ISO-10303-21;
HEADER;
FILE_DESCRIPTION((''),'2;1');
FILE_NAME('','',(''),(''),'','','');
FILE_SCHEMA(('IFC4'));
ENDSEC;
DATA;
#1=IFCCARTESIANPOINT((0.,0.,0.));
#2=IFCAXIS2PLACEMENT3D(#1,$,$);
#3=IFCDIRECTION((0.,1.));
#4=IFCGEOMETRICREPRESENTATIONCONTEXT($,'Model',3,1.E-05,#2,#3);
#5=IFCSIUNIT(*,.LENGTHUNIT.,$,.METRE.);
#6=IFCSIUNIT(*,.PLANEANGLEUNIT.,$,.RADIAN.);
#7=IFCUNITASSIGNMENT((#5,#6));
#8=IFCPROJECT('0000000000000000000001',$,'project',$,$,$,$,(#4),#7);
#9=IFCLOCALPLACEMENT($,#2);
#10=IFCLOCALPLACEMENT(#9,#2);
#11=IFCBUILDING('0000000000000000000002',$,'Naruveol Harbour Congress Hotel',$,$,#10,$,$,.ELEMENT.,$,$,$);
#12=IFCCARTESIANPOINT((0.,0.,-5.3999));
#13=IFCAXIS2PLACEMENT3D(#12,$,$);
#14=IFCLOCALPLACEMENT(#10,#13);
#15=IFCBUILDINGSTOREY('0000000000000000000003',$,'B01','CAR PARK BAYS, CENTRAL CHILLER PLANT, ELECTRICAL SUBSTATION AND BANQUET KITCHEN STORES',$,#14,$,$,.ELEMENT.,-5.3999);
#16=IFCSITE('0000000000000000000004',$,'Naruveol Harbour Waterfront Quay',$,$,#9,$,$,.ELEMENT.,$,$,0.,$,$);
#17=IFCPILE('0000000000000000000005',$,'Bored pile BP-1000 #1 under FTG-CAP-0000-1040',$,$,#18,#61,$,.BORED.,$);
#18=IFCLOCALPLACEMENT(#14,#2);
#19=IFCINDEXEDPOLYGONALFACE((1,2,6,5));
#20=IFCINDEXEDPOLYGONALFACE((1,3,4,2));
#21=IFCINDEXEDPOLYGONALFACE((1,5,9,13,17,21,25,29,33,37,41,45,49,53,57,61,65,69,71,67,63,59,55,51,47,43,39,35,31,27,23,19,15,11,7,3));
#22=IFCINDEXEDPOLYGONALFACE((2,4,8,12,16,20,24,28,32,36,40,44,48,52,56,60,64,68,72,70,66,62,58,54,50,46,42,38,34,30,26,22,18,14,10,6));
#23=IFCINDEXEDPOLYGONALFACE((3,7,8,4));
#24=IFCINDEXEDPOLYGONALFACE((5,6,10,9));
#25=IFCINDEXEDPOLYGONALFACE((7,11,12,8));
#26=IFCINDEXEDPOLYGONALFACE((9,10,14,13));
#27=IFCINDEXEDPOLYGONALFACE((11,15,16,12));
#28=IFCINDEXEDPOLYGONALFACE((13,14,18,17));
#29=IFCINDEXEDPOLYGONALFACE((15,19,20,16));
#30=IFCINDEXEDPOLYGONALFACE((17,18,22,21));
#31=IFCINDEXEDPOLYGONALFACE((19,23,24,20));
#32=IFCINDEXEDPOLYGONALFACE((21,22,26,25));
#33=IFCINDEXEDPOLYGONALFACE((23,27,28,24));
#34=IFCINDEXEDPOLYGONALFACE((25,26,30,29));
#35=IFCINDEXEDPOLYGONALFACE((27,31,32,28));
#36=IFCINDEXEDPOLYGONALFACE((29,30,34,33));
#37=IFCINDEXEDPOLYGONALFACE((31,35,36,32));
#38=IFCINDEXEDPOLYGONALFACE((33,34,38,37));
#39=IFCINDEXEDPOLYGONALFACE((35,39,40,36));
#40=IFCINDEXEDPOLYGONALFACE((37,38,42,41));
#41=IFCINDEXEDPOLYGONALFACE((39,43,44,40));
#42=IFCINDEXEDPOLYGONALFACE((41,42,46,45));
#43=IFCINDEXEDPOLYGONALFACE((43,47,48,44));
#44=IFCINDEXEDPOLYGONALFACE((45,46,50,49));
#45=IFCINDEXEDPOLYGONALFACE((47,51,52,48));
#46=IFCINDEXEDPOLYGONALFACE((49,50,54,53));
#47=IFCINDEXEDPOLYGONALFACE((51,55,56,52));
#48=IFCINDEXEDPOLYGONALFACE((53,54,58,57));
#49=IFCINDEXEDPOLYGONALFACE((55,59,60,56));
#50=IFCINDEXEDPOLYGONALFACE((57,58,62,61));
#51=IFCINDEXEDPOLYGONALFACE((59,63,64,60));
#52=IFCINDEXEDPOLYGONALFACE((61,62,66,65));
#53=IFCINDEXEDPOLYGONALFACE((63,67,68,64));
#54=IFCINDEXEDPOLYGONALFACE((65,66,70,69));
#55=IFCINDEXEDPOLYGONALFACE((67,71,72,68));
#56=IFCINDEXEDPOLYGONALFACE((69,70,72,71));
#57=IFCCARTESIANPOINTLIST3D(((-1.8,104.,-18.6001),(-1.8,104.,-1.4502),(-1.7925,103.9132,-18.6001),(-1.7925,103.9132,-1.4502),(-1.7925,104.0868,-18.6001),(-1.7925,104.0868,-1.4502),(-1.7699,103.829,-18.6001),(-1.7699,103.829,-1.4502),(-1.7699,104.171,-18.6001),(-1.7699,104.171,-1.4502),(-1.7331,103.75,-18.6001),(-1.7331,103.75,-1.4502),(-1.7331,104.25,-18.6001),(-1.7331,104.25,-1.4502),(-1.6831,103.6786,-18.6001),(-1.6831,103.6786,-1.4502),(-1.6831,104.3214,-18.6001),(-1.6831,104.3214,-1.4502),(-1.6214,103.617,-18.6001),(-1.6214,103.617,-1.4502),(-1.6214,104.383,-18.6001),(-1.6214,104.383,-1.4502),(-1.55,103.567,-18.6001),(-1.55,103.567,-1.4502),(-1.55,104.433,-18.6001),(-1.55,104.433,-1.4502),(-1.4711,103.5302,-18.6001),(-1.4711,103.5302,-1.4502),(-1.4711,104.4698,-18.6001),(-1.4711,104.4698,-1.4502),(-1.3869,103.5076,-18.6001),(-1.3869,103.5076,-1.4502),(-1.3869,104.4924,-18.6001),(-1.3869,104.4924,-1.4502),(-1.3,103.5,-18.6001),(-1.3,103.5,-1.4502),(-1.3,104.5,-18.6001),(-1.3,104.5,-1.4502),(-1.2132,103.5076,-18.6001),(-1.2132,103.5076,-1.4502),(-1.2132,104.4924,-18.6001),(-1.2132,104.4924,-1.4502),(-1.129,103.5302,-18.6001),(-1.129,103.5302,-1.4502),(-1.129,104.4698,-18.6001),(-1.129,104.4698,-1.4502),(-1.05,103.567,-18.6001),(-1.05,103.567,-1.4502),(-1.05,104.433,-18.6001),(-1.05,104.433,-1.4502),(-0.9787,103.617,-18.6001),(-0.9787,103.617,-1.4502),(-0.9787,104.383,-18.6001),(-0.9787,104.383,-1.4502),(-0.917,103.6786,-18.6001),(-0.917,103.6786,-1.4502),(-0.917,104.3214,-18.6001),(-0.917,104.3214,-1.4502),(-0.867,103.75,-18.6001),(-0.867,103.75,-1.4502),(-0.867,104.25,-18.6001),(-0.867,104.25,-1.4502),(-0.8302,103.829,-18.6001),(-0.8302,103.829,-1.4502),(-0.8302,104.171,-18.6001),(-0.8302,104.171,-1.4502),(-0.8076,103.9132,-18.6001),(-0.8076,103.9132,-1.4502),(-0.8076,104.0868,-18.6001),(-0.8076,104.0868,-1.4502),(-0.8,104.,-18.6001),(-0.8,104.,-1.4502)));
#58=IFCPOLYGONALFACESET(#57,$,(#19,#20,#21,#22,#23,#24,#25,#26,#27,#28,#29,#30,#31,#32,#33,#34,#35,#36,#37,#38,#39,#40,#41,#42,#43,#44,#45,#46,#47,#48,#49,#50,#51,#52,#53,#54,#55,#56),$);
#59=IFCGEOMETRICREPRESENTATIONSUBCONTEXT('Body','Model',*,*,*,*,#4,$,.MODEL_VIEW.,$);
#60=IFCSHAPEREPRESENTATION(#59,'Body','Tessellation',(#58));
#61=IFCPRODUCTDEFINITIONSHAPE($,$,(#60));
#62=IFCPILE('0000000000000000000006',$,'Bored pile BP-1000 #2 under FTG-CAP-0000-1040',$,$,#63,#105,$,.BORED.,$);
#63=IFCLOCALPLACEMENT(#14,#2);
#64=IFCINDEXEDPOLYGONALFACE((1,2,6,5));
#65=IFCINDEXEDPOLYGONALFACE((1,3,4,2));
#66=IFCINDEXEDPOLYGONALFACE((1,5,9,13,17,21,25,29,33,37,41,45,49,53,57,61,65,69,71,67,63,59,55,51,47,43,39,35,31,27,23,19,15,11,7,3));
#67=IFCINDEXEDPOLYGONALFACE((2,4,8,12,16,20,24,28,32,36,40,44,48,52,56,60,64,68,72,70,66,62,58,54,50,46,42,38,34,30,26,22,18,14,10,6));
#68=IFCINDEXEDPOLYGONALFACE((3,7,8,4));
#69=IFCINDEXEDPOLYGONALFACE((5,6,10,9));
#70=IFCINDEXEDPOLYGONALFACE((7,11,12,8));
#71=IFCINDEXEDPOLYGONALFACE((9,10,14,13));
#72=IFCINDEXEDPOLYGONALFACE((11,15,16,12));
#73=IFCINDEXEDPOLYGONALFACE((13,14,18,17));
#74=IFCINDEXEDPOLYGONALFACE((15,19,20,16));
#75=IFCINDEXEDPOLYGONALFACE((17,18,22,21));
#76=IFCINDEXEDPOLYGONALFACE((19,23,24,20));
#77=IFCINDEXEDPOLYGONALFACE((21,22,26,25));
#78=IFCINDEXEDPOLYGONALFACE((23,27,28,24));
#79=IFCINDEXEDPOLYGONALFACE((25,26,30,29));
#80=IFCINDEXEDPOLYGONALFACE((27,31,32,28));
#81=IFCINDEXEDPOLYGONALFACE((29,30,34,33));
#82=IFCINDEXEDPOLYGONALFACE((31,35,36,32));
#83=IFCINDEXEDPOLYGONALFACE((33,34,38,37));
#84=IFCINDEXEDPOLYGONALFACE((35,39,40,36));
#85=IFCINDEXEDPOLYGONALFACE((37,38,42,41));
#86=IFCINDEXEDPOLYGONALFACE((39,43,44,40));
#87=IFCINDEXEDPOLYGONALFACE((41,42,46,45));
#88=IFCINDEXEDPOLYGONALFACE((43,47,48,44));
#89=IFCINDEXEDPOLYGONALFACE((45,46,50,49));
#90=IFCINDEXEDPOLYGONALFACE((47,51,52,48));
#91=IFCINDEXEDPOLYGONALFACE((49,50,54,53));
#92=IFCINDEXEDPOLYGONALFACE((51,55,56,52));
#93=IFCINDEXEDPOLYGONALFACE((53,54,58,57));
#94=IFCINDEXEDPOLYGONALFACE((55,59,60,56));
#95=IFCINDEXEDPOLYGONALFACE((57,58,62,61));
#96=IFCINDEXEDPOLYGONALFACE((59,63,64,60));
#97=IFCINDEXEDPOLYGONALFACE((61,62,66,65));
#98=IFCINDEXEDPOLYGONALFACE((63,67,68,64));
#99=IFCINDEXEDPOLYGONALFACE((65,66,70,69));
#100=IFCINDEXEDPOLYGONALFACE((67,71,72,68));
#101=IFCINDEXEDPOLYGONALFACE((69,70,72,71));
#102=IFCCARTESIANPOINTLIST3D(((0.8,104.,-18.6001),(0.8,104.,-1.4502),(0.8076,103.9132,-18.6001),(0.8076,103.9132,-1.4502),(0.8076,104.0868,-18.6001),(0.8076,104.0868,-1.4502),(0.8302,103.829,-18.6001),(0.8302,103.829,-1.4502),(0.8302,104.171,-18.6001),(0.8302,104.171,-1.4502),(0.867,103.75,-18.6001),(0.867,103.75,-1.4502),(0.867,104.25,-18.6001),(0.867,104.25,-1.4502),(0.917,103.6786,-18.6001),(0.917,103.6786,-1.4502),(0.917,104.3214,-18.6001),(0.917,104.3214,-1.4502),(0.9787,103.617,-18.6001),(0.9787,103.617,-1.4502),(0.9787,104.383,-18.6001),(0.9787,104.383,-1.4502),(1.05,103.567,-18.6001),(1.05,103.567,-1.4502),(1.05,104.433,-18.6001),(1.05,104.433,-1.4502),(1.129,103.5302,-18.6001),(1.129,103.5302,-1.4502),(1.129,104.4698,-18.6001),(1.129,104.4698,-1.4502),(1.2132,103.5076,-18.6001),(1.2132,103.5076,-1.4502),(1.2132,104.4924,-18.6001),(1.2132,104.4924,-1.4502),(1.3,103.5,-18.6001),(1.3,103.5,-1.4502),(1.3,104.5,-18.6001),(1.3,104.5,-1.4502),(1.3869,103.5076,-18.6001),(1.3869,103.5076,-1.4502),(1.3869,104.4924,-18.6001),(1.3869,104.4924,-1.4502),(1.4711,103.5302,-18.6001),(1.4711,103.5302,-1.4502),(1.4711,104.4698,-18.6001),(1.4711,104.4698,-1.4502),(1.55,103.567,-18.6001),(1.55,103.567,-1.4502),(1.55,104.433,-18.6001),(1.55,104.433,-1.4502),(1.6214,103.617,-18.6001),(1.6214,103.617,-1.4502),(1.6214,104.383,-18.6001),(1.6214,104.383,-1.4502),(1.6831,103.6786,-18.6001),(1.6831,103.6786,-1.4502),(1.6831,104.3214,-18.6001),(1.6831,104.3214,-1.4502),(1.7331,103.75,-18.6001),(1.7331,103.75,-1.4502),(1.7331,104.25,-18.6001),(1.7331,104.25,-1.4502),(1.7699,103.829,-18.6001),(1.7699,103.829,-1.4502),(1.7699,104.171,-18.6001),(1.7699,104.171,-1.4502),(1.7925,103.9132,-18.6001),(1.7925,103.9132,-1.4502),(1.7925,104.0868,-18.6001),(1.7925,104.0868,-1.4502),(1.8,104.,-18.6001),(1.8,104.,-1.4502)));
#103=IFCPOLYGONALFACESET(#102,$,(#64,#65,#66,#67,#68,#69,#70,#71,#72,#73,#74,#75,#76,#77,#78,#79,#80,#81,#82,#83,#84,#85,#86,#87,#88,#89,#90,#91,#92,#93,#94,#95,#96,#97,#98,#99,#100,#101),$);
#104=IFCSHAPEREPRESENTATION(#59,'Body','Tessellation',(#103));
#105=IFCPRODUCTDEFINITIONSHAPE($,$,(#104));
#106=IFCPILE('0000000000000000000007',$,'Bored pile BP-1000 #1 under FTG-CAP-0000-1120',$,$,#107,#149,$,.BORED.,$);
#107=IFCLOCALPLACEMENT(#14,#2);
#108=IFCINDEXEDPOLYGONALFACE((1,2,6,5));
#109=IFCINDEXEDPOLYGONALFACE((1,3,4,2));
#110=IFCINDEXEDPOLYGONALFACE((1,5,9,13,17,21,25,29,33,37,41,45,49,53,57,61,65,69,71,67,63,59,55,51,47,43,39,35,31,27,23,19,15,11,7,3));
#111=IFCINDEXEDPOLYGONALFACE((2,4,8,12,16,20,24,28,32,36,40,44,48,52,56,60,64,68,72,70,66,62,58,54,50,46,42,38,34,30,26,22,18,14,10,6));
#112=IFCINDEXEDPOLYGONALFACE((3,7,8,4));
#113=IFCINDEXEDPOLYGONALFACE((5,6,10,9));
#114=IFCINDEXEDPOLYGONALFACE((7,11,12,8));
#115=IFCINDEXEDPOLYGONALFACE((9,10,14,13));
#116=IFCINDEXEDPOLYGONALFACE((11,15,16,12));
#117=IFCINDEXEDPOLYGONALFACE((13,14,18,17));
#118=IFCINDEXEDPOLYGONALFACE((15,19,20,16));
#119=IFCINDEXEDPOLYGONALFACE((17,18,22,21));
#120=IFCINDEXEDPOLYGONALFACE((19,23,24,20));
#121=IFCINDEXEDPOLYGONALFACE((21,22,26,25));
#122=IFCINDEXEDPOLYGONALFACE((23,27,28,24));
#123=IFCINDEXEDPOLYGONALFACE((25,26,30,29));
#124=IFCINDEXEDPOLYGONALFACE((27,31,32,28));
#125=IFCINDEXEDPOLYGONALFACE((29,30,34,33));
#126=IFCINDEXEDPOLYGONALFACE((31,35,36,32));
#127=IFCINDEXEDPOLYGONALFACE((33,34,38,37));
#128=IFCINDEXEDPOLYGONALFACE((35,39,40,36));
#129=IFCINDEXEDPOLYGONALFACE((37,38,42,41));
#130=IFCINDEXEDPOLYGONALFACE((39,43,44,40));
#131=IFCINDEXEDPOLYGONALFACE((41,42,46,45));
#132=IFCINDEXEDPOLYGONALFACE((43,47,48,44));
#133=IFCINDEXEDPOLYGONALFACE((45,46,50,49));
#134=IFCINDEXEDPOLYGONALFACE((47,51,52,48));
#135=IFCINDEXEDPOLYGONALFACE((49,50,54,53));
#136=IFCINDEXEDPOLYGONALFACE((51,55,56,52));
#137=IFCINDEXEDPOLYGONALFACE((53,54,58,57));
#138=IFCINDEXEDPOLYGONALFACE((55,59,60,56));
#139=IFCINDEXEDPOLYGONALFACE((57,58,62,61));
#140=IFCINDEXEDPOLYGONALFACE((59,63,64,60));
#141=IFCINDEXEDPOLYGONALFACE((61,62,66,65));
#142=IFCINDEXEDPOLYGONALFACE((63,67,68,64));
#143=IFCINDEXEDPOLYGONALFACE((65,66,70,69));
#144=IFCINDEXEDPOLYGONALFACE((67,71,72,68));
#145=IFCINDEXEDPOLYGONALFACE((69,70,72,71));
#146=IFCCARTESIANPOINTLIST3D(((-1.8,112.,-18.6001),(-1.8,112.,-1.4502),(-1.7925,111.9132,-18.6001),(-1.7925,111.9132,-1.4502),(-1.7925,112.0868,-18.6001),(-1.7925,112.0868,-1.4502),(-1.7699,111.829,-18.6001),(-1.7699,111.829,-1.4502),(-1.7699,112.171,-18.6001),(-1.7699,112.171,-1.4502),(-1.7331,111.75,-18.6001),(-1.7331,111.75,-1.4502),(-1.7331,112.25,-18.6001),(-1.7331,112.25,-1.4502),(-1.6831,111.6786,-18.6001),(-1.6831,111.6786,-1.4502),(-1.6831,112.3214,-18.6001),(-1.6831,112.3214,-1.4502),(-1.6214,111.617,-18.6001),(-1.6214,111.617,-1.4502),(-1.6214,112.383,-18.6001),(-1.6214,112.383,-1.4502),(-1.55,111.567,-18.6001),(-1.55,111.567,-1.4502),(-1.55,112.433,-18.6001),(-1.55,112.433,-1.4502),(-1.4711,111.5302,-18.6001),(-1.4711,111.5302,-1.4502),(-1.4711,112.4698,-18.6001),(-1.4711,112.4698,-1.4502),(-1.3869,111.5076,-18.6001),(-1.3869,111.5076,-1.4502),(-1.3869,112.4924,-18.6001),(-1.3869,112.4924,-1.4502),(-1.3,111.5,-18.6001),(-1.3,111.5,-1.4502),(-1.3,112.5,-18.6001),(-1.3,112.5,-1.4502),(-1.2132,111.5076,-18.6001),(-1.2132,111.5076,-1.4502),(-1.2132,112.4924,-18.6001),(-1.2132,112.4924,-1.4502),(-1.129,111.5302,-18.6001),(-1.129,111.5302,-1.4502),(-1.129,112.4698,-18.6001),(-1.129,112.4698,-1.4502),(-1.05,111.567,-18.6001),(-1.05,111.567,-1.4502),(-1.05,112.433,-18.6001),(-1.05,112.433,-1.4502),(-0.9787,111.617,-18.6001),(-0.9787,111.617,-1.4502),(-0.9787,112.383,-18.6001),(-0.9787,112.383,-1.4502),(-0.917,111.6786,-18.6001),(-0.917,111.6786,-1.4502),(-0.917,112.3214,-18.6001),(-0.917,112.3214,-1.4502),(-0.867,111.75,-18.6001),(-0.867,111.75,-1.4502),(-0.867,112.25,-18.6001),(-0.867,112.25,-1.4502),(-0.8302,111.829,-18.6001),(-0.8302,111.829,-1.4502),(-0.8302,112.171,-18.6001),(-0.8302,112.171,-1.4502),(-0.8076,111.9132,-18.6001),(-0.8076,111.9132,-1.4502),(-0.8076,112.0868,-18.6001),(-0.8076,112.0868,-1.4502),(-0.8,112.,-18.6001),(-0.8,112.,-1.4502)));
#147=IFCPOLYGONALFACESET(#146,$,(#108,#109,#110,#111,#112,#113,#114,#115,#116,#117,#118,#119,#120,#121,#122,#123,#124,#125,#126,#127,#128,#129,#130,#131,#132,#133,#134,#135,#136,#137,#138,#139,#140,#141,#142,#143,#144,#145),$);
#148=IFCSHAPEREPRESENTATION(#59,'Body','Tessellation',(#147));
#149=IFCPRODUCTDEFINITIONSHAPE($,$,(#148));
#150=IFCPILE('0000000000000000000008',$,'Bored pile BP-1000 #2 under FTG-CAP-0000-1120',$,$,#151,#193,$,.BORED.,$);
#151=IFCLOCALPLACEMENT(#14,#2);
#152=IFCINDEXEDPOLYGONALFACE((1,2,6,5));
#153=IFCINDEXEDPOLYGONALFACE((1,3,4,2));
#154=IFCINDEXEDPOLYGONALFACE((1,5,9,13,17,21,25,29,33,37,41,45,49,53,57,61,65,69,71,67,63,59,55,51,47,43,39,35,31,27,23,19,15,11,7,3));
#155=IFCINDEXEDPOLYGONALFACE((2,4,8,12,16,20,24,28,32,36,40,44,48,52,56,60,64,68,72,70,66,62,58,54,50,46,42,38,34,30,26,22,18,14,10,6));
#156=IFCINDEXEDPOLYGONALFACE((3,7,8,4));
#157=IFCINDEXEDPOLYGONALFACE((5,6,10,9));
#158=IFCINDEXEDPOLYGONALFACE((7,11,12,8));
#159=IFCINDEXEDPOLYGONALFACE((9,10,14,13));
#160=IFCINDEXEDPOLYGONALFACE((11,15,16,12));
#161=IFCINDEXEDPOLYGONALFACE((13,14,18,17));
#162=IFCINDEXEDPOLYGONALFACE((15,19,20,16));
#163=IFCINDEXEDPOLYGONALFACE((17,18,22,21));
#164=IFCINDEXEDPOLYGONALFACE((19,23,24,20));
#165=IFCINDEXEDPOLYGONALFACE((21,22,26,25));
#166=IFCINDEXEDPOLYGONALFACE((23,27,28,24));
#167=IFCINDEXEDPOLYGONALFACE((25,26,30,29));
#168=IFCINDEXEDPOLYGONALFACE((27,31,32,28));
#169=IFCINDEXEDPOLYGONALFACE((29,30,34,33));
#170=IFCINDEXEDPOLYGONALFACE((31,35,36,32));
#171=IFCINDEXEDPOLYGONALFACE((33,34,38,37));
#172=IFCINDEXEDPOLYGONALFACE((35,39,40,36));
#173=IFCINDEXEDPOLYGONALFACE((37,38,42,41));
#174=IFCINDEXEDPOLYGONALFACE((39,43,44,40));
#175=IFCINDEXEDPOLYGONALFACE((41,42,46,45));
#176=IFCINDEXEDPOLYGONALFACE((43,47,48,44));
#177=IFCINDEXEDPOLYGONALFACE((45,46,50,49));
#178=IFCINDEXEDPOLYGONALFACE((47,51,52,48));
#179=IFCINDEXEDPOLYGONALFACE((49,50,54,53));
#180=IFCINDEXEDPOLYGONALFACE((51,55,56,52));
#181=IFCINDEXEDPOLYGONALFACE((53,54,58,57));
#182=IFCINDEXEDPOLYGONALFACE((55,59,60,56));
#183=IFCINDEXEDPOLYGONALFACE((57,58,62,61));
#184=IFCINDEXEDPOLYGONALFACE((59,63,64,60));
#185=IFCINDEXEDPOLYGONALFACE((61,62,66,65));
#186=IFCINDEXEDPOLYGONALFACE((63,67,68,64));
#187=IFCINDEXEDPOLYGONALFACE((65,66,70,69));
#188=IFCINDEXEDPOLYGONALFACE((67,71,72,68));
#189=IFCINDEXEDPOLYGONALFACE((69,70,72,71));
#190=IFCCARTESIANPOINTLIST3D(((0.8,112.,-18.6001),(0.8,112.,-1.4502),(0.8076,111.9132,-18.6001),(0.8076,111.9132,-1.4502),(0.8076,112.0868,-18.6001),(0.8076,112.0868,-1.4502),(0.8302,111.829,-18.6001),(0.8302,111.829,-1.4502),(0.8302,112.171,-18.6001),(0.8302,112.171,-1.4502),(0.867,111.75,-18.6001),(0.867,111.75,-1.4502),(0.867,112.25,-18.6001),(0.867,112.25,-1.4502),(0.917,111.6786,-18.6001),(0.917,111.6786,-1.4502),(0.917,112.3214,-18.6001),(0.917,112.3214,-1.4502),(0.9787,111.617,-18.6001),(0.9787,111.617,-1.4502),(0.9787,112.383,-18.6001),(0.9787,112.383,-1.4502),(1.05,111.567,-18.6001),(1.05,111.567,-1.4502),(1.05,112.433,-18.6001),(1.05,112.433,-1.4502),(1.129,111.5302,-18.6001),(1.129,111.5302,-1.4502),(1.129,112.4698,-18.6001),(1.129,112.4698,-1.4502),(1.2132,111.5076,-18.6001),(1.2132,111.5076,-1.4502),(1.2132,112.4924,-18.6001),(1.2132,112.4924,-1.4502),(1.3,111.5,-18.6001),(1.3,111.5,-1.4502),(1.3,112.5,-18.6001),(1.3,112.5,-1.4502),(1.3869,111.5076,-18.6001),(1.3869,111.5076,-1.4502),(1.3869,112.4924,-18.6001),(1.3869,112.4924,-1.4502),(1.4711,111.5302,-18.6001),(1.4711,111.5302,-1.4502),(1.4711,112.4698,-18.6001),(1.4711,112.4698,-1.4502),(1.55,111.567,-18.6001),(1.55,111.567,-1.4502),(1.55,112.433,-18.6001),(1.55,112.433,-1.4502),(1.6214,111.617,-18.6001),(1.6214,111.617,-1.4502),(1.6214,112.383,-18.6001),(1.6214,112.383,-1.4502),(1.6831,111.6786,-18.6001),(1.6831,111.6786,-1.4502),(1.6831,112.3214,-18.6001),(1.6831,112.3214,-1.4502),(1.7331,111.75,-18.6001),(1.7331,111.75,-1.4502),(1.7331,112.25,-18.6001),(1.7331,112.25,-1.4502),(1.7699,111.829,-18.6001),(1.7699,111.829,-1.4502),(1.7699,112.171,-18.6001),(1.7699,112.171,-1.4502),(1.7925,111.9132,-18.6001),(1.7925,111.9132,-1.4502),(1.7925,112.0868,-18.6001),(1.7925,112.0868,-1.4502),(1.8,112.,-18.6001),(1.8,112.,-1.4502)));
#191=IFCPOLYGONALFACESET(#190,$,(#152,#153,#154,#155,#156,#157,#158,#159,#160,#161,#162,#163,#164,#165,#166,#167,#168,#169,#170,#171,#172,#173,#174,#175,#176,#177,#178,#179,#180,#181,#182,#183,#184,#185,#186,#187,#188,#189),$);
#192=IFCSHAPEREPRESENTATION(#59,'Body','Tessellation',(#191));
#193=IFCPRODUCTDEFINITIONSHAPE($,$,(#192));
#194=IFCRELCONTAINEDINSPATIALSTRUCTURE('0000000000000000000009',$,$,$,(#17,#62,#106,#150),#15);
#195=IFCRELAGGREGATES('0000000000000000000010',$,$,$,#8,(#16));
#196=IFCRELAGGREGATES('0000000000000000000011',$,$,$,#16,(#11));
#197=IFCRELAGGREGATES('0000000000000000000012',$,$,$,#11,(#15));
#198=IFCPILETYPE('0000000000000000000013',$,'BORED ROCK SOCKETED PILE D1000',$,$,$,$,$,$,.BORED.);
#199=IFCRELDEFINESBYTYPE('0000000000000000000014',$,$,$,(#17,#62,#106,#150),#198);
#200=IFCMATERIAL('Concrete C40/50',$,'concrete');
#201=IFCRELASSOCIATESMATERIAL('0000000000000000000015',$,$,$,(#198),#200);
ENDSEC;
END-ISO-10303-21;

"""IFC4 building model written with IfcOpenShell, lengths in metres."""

from ifc_helpers import new_model, si_unit, direction, frame, origin, origin_2d, place, context, subcontext, project, spatial, circle, extrude, material, material_profile, profile_set, type_object, element, save


model = new_model("IFC4")

# Units and contexts
model_context = context("Model", 3, precision=1e-05, world=origin(), true_north=direction((0.0, 1.0)))
body_context = subcontext(model_context, "Body", "Model", "MODEL_VIEW")
ifc_project = project(units=[si_unit("LENGTHUNIT", "METRE"), si_unit("PLANEANGLEUNIT", "RADIAN")], contexts=[model_context])

# Site, building, storey
site_placement = place(None, origin())
site = spatial("IfcSite", under=ifc_project, at=site_placement, Name="Naruveol Harbour Waterfront Quay", CompositionType="ELEMENT", RefElevation=0.0)
building_placement = place(site_placement, origin())
building = spatial("IfcBuilding", under=site, at=building_placement, Name="Naruveol Harbour Congress Hotel", CompositionType="ELEMENT")
storey_placement = place(building_placement, frame((0.0, 0.0, -5.3999)))
storey = spatial("IfcBuildingStorey", under=building, at=storey_placement, Name="B01", Description="CAR PARK BAYS, CENTRAL CHILLER PLANT, ELECTRICAL SUBSTATION AND BANQUET KITCHEN STORES", CompositionType="ELEMENT", Elevation=-5.3999)

# Piles
ifc_material_1 = material(Name="Concrete C40/50", Category="concrete")
ifc_material_profile_1 = material_profile(ifc_material_1, circle(Radius=0.5, at=origin_2d()), Name="BP-1000")
ifc_profile_set_1 = profile_set([ifc_material_profile_1], Name="Concrete C40/50")
pile_type = type_object("IfcPileType", Name="BORED ROCK SOCKETED PILE D1000", PredefinedType="BORED", material=ifc_profile_set_1)
for number, where, z_axis, x_axis, name in (
    (1, (-1.3, 104.0, -1.4502), (0.0, 0.0, -1.0), (1.0, 0.0, 0.0), "Bored pile BP-1000 #1 under FTG-CAP-0000-1040"),
    (2, (1.3, 104.0, -1.4502), (0.0, 0.0, -1.0), (1.0, 0.0, 0.0), "Bored pile BP-1000 #2 under FTG-CAP-0000-1040"),
    (3, (-1.3, 112.0, -1.4502), (0.0, 0.0, -1.0), (1.0, 0.0, 0.0), "Bored pile BP-1000 #1 under FTG-CAP-0000-1120"),
    (4, (1.3, 112.0, -1.4502), (0.0, 0.0, -1.0), (1.0, 0.0, 0.0), "Bored pile BP-1000 #2 under FTG-CAP-0000-1120"),
):
    element("IfcPile", number, at=place(storey_placement, frame(where, z_axis=z_axis, x_axis=x_axis)), inside=storey, type_object=pile_type, Name=name, PredefinedType="BORED", context=body_context, shape_type="SweptSolid", body=[
        extrude(circle(Radius=0.5, at=origin_2d()), origin(), (0.0, 0.0, 1.0), 17.1499),
    ])

save(model, "model.ifc")
